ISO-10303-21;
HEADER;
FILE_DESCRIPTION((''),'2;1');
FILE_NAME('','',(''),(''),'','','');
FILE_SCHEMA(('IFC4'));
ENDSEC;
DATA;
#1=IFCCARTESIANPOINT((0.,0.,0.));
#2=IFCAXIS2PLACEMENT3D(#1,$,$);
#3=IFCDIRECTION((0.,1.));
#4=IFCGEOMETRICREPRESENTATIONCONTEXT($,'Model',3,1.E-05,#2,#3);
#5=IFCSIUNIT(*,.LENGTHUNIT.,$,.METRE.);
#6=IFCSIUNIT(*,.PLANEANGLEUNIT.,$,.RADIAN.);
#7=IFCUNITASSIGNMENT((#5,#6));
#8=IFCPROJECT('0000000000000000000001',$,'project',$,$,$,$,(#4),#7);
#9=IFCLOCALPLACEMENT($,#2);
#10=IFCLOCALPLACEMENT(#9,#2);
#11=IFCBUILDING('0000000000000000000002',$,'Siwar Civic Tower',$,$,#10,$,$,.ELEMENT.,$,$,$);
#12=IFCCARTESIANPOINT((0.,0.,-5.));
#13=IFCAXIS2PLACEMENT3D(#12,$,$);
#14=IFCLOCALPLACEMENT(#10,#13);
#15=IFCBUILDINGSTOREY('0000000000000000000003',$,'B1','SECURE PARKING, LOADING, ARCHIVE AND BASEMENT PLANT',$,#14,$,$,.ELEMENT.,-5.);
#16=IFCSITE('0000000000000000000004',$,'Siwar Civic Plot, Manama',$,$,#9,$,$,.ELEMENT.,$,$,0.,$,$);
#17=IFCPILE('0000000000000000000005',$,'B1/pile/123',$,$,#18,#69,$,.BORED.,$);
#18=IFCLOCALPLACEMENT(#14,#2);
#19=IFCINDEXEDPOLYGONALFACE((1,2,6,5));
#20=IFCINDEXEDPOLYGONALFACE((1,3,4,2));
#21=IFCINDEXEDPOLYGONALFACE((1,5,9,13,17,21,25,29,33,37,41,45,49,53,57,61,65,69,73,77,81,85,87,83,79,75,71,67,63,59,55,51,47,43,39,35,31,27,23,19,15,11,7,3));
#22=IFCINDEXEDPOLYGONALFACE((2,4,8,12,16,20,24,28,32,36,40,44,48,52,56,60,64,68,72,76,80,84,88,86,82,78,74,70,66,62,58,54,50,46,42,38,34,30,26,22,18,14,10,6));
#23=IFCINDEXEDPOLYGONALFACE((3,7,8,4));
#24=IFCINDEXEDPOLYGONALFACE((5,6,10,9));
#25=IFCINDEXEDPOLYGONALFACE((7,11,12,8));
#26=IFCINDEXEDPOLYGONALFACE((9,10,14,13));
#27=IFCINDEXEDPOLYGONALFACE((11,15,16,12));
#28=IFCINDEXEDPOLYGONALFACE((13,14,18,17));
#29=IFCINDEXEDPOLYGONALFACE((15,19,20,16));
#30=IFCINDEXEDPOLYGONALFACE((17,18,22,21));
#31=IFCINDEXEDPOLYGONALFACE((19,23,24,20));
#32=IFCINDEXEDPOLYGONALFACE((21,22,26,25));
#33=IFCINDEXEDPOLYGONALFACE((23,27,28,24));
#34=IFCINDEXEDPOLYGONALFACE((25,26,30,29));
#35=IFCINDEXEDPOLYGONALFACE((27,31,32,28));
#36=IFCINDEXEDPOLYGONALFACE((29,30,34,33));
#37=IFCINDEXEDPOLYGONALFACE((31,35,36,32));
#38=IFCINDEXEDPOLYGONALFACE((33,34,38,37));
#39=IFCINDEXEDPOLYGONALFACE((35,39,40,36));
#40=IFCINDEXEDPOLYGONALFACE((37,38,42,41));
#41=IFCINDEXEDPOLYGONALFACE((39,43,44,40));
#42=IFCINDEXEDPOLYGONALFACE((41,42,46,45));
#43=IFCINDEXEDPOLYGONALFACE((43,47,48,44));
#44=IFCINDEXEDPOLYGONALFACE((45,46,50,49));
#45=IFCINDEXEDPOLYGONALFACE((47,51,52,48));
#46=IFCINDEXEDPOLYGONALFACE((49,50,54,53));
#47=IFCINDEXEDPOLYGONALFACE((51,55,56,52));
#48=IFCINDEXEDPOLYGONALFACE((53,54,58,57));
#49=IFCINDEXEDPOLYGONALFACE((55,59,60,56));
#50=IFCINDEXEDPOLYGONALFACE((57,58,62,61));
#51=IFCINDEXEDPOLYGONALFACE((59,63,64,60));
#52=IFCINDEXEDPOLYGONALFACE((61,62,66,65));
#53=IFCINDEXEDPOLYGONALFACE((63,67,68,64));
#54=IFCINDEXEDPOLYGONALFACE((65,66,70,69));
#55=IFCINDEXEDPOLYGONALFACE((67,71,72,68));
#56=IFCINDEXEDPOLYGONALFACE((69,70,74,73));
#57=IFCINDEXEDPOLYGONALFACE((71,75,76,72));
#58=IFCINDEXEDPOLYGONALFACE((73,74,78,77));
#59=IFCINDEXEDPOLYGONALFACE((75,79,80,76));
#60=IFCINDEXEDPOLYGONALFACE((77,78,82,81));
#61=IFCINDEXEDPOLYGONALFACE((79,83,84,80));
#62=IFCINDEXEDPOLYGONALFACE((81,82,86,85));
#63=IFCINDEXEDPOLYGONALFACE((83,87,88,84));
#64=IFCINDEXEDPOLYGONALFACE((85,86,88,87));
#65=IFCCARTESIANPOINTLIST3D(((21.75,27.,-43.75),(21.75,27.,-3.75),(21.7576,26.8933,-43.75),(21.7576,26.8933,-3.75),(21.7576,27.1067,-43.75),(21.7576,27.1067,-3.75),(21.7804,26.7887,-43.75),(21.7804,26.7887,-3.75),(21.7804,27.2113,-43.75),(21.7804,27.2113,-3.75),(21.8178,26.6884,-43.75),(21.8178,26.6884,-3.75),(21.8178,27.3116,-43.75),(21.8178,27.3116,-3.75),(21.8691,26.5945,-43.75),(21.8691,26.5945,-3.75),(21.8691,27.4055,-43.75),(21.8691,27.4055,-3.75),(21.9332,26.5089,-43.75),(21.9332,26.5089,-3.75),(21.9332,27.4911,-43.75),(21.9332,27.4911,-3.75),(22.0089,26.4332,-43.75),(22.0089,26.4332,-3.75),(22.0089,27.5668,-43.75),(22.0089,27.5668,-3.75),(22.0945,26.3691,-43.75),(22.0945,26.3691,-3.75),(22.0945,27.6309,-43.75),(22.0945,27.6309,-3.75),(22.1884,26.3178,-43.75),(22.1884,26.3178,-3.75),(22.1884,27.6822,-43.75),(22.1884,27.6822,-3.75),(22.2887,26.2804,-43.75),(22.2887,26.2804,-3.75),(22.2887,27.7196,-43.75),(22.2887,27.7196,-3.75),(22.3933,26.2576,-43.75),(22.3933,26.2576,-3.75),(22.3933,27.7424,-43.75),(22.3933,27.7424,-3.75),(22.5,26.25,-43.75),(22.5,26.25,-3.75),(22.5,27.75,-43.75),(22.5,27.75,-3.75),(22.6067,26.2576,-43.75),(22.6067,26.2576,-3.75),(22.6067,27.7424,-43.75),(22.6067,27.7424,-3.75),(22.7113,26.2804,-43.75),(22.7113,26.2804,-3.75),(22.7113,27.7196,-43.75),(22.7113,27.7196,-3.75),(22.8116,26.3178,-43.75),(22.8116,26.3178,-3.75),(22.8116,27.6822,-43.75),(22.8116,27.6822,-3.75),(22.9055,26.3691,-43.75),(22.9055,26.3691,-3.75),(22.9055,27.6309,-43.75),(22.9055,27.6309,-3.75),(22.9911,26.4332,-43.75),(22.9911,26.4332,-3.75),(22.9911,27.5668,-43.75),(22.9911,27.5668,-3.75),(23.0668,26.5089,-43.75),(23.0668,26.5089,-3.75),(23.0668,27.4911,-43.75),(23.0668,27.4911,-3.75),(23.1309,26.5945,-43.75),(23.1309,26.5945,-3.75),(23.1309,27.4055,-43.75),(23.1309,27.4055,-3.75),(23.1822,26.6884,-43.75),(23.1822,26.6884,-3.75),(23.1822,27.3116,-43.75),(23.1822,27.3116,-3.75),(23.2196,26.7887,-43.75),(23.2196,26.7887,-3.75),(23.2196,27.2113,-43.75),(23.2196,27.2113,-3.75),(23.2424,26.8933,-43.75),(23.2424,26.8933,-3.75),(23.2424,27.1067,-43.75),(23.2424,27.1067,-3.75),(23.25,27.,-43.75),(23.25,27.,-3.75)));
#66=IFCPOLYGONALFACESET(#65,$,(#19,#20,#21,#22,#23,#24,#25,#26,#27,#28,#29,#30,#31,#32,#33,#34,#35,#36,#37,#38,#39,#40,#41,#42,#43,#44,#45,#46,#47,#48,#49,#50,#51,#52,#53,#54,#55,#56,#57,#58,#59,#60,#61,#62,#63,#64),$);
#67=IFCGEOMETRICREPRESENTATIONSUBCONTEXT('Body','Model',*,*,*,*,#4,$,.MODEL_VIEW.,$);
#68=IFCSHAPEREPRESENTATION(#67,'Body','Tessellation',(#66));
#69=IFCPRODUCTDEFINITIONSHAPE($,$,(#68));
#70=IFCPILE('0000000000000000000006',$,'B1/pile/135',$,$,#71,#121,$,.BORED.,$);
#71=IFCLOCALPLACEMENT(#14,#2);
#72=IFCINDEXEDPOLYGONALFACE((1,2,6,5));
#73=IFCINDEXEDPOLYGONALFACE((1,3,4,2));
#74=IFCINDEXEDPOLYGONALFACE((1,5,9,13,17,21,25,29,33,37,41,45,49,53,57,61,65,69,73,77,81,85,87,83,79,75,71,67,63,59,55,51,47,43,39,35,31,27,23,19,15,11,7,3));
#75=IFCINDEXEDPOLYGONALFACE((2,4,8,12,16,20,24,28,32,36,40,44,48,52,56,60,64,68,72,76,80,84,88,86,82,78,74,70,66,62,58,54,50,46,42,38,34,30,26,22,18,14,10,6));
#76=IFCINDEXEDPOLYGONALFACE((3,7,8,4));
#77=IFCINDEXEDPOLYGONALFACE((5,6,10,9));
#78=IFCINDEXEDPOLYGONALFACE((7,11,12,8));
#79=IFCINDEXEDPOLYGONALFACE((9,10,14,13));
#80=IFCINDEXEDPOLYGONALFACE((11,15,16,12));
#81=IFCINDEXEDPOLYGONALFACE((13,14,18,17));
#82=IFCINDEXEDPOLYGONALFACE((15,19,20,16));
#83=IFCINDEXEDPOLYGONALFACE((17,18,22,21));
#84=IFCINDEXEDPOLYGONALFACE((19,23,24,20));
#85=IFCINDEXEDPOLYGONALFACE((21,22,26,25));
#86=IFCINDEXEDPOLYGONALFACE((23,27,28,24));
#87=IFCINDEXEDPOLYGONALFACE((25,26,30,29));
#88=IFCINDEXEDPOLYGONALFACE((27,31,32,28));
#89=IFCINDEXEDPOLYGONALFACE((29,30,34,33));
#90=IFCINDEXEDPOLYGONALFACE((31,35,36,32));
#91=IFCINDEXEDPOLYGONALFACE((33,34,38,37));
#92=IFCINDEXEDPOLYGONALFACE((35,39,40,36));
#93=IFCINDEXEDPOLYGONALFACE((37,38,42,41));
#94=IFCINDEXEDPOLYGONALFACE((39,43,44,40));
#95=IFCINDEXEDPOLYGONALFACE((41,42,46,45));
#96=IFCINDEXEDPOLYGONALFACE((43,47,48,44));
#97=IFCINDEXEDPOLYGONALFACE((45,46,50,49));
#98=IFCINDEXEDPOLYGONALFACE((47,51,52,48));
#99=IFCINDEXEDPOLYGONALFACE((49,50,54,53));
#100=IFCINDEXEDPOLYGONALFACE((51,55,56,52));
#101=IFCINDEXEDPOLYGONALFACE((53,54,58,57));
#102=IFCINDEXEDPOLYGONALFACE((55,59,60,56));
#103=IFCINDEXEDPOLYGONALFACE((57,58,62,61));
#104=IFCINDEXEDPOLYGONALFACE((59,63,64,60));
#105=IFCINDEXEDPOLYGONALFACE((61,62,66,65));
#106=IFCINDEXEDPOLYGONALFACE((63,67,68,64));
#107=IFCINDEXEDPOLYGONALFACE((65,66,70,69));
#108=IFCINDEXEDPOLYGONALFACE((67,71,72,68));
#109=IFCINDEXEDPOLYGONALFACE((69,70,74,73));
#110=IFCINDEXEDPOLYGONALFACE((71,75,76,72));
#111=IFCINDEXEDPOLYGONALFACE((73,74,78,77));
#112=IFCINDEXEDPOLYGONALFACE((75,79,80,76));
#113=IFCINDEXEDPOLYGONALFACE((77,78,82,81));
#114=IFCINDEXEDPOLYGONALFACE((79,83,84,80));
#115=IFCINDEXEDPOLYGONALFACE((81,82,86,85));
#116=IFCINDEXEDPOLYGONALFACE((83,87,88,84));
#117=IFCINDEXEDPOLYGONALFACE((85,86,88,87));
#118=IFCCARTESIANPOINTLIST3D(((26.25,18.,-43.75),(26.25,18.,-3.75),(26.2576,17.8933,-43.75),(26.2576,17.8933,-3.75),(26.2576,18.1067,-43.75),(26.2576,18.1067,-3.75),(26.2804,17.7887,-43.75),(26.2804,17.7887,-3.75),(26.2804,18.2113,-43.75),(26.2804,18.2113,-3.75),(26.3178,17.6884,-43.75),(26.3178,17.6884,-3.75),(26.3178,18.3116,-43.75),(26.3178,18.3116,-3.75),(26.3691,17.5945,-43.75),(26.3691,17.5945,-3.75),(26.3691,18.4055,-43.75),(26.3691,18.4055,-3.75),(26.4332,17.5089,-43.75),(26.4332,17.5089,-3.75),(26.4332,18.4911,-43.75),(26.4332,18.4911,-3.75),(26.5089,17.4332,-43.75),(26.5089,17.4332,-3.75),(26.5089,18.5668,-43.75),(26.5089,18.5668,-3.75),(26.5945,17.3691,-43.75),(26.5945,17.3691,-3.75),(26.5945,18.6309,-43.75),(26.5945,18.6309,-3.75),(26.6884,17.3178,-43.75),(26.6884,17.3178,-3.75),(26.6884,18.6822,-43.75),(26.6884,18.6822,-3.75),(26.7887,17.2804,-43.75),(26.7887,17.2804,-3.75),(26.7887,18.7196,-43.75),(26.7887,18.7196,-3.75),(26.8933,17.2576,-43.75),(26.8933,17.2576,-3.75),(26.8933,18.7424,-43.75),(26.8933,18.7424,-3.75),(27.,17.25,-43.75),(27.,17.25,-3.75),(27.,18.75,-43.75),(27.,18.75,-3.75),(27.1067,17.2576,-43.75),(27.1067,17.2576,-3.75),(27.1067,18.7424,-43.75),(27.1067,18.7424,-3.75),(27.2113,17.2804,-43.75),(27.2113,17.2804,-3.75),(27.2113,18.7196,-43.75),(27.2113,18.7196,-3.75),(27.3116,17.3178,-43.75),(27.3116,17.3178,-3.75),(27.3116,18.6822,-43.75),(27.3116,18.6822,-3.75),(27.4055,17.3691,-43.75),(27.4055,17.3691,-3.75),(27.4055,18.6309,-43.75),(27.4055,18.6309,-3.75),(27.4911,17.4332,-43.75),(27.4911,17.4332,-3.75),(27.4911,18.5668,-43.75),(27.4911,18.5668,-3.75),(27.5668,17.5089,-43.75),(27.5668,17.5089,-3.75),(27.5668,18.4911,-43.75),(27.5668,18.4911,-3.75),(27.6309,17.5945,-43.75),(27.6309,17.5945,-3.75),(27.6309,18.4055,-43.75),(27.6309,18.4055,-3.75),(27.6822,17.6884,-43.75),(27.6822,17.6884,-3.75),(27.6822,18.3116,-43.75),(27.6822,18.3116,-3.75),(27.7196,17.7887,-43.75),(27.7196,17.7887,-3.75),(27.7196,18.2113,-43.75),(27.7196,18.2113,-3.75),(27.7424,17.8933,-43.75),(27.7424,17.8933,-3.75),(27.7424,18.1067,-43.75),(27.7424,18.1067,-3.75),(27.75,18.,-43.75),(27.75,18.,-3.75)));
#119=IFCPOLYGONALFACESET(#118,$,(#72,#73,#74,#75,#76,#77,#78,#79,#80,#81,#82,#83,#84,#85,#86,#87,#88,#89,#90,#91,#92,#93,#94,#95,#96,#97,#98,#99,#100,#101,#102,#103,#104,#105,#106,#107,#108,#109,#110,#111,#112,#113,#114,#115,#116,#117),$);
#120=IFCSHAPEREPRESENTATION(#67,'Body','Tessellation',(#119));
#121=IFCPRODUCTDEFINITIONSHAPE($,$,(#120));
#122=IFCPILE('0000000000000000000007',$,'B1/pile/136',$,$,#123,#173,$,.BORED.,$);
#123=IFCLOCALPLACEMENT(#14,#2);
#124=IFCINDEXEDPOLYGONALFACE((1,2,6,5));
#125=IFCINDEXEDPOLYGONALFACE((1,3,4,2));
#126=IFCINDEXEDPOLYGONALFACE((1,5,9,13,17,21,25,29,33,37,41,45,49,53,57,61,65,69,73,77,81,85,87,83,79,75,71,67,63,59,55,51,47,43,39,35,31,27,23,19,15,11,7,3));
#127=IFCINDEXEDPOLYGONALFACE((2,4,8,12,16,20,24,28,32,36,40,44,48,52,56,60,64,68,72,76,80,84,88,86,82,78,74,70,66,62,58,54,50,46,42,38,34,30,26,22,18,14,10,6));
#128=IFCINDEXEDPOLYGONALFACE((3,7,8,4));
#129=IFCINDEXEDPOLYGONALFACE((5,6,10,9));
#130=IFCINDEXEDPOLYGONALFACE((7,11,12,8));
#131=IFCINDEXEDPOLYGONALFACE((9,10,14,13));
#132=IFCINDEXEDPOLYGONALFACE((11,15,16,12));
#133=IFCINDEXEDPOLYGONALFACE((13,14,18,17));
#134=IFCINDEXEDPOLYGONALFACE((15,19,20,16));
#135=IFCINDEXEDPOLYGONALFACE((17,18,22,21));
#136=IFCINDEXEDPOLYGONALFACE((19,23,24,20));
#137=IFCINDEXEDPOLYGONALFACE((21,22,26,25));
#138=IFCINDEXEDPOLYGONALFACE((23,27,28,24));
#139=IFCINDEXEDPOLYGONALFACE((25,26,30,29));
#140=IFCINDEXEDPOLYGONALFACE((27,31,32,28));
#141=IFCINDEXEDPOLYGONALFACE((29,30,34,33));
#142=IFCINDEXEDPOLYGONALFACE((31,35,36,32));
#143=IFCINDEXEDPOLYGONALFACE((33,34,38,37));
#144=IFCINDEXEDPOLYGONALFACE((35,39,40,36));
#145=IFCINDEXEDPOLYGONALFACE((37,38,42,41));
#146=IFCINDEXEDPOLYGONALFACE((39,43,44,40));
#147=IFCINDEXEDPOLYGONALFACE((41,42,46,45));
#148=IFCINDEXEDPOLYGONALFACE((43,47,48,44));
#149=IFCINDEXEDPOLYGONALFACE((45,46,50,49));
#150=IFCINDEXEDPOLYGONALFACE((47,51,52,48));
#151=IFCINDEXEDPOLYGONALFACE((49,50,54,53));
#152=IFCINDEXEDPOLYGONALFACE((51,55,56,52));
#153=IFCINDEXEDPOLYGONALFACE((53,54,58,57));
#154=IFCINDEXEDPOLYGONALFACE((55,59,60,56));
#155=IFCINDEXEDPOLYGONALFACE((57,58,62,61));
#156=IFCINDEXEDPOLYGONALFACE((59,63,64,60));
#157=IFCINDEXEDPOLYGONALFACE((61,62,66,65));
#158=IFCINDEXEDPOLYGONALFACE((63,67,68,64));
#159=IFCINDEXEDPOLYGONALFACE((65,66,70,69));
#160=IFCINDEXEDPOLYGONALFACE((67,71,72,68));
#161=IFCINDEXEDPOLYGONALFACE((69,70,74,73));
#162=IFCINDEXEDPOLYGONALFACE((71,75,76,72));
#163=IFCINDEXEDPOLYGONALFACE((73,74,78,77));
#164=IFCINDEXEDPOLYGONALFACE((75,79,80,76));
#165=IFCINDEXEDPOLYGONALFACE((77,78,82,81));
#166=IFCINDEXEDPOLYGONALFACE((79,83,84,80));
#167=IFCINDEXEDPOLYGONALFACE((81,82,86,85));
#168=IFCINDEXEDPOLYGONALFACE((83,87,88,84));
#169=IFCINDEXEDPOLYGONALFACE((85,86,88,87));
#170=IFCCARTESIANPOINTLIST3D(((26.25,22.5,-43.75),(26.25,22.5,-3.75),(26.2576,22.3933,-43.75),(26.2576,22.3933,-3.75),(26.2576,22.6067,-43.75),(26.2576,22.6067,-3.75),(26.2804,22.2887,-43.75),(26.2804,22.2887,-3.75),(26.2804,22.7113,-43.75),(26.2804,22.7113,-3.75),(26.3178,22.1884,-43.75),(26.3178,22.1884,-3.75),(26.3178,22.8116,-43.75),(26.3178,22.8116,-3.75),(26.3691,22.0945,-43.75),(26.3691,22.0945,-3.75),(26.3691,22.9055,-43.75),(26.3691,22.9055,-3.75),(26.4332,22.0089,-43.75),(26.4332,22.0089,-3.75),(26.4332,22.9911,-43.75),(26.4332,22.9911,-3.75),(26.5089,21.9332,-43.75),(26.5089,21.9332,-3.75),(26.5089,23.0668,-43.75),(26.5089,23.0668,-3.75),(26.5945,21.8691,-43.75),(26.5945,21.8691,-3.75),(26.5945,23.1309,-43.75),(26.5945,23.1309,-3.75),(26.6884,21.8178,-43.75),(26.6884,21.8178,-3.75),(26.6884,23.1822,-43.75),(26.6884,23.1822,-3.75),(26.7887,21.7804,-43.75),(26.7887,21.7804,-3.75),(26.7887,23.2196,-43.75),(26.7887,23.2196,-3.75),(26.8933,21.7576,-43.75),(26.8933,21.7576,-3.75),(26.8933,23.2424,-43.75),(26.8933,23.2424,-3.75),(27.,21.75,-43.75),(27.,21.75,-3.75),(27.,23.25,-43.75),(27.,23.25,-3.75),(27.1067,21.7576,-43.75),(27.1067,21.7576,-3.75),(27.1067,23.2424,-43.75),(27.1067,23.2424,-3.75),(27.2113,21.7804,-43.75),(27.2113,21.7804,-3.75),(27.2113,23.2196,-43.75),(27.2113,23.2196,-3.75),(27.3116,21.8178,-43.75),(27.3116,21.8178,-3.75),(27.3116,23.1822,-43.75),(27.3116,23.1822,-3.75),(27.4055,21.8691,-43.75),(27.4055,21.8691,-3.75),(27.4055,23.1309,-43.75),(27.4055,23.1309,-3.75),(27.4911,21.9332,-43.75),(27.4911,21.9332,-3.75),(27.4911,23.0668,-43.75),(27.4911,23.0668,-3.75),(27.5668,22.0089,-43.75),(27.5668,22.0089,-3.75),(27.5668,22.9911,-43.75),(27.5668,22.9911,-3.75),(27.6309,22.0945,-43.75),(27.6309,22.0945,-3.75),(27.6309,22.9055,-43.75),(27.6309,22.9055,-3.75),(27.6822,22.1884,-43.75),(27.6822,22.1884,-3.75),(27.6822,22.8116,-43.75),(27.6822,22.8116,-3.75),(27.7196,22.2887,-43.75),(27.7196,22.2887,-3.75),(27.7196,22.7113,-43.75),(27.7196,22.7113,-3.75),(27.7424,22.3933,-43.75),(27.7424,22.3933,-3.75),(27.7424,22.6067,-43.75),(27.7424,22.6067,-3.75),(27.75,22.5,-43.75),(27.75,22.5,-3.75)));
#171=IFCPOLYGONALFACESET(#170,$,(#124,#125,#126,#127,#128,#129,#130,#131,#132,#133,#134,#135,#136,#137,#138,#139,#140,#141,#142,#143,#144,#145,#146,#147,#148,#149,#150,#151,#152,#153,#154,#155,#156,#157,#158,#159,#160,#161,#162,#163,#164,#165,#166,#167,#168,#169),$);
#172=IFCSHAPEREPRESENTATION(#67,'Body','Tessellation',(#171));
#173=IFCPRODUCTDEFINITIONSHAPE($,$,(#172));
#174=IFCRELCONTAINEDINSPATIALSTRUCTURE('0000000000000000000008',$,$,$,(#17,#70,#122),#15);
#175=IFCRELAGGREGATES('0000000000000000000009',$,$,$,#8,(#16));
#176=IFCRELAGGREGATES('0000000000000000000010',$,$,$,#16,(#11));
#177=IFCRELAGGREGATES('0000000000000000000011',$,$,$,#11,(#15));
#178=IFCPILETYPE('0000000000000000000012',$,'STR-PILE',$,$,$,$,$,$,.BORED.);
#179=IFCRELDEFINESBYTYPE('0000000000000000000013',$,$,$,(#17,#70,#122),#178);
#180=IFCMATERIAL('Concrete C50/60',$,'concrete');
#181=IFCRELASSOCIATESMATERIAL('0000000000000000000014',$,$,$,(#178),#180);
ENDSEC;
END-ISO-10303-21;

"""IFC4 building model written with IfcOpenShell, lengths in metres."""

from ifc_helpers import new_model, si_unit, direction, frame, origin, origin_2d, place, context, subcontext, project, spatial, circle, extrude, material, material_profile, profile_set, type_object, element, save


model = new_model("IFC4")

# Units and contexts
model_context = context("Model", 3, precision=1e-05, world=origin(), true_north=direction((0.0, 1.0)))
body_context = subcontext(model_context, "Body", "Model", "MODEL_VIEW")
ifc_project = project(units=[si_unit("LENGTHUNIT", "METRE"), si_unit("PLANEANGLEUNIT", "RADIAN")], contexts=[model_context])

# Site, building, storey
site_placement = place(None, origin())
site = spatial("IfcSite", under=ifc_project, at=site_placement, Name="Siwar Civic Plot, Manama", CompositionType="ELEMENT", RefElevation=0.0)
building_placement = place(site_placement, origin())
building = spatial("IfcBuilding", under=site, at=building_placement, Name="Siwar Civic Tower", CompositionType="ELEMENT")
storey_placement = place(building_placement, frame((0.0, 0.0, -5.0)))
storey = spatial("IfcBuildingStorey", under=building, at=storey_placement, Name="B1", Description="SECURE PARKING, LOADING, ARCHIVE AND BASEMENT PLANT", CompositionType="ELEMENT", Elevation=-5.0)

# Piles
ifc_material_1 = material(Name="Concrete C50/60", Category="concrete")
ifc_material_profile_1 = material_profile(ifc_material_1, circle(Radius=0.75, at=origin_2d()), Name="PILE1500")
ifc_profile_set_1 = profile_set([ifc_material_profile_1], Name="Concrete C50/60")
pile_type = type_object("IfcPileType", Name="STR-PILE", PredefinedType="BORED", material=ifc_profile_set_1)
for number, where, z_axis, x_axis, name in (
    (1, (22.5, 27.0, -3.75), (0.0, 0.0, -1.0), (1.0, 0.0, 0.0), "B1/pile/123"),
    (2, (27.0, 18.0, -3.75), (0.0, 0.0, -1.0), (1.0, 0.0, 0.0), "B1/pile/135"),
    (3, (27.0, 22.5, -3.75), (0.0, 0.0, -1.0), (1.0, 0.0, 0.0), "B1/pile/136"),
):
    element("IfcPile", number, at=place(storey_placement, frame(where, z_axis=z_axis, x_axis=x_axis)), inside=storey, type_object=pile_type, Name=name, PredefinedType="BORED", context=body_context, shape_type="SweptSolid", body=[
        extrude(circle(Radius=0.75, at=origin_2d()), origin(), (0.0, 0.0, 1.0), 40.0),
    ])

save(model, "model.ifc")
